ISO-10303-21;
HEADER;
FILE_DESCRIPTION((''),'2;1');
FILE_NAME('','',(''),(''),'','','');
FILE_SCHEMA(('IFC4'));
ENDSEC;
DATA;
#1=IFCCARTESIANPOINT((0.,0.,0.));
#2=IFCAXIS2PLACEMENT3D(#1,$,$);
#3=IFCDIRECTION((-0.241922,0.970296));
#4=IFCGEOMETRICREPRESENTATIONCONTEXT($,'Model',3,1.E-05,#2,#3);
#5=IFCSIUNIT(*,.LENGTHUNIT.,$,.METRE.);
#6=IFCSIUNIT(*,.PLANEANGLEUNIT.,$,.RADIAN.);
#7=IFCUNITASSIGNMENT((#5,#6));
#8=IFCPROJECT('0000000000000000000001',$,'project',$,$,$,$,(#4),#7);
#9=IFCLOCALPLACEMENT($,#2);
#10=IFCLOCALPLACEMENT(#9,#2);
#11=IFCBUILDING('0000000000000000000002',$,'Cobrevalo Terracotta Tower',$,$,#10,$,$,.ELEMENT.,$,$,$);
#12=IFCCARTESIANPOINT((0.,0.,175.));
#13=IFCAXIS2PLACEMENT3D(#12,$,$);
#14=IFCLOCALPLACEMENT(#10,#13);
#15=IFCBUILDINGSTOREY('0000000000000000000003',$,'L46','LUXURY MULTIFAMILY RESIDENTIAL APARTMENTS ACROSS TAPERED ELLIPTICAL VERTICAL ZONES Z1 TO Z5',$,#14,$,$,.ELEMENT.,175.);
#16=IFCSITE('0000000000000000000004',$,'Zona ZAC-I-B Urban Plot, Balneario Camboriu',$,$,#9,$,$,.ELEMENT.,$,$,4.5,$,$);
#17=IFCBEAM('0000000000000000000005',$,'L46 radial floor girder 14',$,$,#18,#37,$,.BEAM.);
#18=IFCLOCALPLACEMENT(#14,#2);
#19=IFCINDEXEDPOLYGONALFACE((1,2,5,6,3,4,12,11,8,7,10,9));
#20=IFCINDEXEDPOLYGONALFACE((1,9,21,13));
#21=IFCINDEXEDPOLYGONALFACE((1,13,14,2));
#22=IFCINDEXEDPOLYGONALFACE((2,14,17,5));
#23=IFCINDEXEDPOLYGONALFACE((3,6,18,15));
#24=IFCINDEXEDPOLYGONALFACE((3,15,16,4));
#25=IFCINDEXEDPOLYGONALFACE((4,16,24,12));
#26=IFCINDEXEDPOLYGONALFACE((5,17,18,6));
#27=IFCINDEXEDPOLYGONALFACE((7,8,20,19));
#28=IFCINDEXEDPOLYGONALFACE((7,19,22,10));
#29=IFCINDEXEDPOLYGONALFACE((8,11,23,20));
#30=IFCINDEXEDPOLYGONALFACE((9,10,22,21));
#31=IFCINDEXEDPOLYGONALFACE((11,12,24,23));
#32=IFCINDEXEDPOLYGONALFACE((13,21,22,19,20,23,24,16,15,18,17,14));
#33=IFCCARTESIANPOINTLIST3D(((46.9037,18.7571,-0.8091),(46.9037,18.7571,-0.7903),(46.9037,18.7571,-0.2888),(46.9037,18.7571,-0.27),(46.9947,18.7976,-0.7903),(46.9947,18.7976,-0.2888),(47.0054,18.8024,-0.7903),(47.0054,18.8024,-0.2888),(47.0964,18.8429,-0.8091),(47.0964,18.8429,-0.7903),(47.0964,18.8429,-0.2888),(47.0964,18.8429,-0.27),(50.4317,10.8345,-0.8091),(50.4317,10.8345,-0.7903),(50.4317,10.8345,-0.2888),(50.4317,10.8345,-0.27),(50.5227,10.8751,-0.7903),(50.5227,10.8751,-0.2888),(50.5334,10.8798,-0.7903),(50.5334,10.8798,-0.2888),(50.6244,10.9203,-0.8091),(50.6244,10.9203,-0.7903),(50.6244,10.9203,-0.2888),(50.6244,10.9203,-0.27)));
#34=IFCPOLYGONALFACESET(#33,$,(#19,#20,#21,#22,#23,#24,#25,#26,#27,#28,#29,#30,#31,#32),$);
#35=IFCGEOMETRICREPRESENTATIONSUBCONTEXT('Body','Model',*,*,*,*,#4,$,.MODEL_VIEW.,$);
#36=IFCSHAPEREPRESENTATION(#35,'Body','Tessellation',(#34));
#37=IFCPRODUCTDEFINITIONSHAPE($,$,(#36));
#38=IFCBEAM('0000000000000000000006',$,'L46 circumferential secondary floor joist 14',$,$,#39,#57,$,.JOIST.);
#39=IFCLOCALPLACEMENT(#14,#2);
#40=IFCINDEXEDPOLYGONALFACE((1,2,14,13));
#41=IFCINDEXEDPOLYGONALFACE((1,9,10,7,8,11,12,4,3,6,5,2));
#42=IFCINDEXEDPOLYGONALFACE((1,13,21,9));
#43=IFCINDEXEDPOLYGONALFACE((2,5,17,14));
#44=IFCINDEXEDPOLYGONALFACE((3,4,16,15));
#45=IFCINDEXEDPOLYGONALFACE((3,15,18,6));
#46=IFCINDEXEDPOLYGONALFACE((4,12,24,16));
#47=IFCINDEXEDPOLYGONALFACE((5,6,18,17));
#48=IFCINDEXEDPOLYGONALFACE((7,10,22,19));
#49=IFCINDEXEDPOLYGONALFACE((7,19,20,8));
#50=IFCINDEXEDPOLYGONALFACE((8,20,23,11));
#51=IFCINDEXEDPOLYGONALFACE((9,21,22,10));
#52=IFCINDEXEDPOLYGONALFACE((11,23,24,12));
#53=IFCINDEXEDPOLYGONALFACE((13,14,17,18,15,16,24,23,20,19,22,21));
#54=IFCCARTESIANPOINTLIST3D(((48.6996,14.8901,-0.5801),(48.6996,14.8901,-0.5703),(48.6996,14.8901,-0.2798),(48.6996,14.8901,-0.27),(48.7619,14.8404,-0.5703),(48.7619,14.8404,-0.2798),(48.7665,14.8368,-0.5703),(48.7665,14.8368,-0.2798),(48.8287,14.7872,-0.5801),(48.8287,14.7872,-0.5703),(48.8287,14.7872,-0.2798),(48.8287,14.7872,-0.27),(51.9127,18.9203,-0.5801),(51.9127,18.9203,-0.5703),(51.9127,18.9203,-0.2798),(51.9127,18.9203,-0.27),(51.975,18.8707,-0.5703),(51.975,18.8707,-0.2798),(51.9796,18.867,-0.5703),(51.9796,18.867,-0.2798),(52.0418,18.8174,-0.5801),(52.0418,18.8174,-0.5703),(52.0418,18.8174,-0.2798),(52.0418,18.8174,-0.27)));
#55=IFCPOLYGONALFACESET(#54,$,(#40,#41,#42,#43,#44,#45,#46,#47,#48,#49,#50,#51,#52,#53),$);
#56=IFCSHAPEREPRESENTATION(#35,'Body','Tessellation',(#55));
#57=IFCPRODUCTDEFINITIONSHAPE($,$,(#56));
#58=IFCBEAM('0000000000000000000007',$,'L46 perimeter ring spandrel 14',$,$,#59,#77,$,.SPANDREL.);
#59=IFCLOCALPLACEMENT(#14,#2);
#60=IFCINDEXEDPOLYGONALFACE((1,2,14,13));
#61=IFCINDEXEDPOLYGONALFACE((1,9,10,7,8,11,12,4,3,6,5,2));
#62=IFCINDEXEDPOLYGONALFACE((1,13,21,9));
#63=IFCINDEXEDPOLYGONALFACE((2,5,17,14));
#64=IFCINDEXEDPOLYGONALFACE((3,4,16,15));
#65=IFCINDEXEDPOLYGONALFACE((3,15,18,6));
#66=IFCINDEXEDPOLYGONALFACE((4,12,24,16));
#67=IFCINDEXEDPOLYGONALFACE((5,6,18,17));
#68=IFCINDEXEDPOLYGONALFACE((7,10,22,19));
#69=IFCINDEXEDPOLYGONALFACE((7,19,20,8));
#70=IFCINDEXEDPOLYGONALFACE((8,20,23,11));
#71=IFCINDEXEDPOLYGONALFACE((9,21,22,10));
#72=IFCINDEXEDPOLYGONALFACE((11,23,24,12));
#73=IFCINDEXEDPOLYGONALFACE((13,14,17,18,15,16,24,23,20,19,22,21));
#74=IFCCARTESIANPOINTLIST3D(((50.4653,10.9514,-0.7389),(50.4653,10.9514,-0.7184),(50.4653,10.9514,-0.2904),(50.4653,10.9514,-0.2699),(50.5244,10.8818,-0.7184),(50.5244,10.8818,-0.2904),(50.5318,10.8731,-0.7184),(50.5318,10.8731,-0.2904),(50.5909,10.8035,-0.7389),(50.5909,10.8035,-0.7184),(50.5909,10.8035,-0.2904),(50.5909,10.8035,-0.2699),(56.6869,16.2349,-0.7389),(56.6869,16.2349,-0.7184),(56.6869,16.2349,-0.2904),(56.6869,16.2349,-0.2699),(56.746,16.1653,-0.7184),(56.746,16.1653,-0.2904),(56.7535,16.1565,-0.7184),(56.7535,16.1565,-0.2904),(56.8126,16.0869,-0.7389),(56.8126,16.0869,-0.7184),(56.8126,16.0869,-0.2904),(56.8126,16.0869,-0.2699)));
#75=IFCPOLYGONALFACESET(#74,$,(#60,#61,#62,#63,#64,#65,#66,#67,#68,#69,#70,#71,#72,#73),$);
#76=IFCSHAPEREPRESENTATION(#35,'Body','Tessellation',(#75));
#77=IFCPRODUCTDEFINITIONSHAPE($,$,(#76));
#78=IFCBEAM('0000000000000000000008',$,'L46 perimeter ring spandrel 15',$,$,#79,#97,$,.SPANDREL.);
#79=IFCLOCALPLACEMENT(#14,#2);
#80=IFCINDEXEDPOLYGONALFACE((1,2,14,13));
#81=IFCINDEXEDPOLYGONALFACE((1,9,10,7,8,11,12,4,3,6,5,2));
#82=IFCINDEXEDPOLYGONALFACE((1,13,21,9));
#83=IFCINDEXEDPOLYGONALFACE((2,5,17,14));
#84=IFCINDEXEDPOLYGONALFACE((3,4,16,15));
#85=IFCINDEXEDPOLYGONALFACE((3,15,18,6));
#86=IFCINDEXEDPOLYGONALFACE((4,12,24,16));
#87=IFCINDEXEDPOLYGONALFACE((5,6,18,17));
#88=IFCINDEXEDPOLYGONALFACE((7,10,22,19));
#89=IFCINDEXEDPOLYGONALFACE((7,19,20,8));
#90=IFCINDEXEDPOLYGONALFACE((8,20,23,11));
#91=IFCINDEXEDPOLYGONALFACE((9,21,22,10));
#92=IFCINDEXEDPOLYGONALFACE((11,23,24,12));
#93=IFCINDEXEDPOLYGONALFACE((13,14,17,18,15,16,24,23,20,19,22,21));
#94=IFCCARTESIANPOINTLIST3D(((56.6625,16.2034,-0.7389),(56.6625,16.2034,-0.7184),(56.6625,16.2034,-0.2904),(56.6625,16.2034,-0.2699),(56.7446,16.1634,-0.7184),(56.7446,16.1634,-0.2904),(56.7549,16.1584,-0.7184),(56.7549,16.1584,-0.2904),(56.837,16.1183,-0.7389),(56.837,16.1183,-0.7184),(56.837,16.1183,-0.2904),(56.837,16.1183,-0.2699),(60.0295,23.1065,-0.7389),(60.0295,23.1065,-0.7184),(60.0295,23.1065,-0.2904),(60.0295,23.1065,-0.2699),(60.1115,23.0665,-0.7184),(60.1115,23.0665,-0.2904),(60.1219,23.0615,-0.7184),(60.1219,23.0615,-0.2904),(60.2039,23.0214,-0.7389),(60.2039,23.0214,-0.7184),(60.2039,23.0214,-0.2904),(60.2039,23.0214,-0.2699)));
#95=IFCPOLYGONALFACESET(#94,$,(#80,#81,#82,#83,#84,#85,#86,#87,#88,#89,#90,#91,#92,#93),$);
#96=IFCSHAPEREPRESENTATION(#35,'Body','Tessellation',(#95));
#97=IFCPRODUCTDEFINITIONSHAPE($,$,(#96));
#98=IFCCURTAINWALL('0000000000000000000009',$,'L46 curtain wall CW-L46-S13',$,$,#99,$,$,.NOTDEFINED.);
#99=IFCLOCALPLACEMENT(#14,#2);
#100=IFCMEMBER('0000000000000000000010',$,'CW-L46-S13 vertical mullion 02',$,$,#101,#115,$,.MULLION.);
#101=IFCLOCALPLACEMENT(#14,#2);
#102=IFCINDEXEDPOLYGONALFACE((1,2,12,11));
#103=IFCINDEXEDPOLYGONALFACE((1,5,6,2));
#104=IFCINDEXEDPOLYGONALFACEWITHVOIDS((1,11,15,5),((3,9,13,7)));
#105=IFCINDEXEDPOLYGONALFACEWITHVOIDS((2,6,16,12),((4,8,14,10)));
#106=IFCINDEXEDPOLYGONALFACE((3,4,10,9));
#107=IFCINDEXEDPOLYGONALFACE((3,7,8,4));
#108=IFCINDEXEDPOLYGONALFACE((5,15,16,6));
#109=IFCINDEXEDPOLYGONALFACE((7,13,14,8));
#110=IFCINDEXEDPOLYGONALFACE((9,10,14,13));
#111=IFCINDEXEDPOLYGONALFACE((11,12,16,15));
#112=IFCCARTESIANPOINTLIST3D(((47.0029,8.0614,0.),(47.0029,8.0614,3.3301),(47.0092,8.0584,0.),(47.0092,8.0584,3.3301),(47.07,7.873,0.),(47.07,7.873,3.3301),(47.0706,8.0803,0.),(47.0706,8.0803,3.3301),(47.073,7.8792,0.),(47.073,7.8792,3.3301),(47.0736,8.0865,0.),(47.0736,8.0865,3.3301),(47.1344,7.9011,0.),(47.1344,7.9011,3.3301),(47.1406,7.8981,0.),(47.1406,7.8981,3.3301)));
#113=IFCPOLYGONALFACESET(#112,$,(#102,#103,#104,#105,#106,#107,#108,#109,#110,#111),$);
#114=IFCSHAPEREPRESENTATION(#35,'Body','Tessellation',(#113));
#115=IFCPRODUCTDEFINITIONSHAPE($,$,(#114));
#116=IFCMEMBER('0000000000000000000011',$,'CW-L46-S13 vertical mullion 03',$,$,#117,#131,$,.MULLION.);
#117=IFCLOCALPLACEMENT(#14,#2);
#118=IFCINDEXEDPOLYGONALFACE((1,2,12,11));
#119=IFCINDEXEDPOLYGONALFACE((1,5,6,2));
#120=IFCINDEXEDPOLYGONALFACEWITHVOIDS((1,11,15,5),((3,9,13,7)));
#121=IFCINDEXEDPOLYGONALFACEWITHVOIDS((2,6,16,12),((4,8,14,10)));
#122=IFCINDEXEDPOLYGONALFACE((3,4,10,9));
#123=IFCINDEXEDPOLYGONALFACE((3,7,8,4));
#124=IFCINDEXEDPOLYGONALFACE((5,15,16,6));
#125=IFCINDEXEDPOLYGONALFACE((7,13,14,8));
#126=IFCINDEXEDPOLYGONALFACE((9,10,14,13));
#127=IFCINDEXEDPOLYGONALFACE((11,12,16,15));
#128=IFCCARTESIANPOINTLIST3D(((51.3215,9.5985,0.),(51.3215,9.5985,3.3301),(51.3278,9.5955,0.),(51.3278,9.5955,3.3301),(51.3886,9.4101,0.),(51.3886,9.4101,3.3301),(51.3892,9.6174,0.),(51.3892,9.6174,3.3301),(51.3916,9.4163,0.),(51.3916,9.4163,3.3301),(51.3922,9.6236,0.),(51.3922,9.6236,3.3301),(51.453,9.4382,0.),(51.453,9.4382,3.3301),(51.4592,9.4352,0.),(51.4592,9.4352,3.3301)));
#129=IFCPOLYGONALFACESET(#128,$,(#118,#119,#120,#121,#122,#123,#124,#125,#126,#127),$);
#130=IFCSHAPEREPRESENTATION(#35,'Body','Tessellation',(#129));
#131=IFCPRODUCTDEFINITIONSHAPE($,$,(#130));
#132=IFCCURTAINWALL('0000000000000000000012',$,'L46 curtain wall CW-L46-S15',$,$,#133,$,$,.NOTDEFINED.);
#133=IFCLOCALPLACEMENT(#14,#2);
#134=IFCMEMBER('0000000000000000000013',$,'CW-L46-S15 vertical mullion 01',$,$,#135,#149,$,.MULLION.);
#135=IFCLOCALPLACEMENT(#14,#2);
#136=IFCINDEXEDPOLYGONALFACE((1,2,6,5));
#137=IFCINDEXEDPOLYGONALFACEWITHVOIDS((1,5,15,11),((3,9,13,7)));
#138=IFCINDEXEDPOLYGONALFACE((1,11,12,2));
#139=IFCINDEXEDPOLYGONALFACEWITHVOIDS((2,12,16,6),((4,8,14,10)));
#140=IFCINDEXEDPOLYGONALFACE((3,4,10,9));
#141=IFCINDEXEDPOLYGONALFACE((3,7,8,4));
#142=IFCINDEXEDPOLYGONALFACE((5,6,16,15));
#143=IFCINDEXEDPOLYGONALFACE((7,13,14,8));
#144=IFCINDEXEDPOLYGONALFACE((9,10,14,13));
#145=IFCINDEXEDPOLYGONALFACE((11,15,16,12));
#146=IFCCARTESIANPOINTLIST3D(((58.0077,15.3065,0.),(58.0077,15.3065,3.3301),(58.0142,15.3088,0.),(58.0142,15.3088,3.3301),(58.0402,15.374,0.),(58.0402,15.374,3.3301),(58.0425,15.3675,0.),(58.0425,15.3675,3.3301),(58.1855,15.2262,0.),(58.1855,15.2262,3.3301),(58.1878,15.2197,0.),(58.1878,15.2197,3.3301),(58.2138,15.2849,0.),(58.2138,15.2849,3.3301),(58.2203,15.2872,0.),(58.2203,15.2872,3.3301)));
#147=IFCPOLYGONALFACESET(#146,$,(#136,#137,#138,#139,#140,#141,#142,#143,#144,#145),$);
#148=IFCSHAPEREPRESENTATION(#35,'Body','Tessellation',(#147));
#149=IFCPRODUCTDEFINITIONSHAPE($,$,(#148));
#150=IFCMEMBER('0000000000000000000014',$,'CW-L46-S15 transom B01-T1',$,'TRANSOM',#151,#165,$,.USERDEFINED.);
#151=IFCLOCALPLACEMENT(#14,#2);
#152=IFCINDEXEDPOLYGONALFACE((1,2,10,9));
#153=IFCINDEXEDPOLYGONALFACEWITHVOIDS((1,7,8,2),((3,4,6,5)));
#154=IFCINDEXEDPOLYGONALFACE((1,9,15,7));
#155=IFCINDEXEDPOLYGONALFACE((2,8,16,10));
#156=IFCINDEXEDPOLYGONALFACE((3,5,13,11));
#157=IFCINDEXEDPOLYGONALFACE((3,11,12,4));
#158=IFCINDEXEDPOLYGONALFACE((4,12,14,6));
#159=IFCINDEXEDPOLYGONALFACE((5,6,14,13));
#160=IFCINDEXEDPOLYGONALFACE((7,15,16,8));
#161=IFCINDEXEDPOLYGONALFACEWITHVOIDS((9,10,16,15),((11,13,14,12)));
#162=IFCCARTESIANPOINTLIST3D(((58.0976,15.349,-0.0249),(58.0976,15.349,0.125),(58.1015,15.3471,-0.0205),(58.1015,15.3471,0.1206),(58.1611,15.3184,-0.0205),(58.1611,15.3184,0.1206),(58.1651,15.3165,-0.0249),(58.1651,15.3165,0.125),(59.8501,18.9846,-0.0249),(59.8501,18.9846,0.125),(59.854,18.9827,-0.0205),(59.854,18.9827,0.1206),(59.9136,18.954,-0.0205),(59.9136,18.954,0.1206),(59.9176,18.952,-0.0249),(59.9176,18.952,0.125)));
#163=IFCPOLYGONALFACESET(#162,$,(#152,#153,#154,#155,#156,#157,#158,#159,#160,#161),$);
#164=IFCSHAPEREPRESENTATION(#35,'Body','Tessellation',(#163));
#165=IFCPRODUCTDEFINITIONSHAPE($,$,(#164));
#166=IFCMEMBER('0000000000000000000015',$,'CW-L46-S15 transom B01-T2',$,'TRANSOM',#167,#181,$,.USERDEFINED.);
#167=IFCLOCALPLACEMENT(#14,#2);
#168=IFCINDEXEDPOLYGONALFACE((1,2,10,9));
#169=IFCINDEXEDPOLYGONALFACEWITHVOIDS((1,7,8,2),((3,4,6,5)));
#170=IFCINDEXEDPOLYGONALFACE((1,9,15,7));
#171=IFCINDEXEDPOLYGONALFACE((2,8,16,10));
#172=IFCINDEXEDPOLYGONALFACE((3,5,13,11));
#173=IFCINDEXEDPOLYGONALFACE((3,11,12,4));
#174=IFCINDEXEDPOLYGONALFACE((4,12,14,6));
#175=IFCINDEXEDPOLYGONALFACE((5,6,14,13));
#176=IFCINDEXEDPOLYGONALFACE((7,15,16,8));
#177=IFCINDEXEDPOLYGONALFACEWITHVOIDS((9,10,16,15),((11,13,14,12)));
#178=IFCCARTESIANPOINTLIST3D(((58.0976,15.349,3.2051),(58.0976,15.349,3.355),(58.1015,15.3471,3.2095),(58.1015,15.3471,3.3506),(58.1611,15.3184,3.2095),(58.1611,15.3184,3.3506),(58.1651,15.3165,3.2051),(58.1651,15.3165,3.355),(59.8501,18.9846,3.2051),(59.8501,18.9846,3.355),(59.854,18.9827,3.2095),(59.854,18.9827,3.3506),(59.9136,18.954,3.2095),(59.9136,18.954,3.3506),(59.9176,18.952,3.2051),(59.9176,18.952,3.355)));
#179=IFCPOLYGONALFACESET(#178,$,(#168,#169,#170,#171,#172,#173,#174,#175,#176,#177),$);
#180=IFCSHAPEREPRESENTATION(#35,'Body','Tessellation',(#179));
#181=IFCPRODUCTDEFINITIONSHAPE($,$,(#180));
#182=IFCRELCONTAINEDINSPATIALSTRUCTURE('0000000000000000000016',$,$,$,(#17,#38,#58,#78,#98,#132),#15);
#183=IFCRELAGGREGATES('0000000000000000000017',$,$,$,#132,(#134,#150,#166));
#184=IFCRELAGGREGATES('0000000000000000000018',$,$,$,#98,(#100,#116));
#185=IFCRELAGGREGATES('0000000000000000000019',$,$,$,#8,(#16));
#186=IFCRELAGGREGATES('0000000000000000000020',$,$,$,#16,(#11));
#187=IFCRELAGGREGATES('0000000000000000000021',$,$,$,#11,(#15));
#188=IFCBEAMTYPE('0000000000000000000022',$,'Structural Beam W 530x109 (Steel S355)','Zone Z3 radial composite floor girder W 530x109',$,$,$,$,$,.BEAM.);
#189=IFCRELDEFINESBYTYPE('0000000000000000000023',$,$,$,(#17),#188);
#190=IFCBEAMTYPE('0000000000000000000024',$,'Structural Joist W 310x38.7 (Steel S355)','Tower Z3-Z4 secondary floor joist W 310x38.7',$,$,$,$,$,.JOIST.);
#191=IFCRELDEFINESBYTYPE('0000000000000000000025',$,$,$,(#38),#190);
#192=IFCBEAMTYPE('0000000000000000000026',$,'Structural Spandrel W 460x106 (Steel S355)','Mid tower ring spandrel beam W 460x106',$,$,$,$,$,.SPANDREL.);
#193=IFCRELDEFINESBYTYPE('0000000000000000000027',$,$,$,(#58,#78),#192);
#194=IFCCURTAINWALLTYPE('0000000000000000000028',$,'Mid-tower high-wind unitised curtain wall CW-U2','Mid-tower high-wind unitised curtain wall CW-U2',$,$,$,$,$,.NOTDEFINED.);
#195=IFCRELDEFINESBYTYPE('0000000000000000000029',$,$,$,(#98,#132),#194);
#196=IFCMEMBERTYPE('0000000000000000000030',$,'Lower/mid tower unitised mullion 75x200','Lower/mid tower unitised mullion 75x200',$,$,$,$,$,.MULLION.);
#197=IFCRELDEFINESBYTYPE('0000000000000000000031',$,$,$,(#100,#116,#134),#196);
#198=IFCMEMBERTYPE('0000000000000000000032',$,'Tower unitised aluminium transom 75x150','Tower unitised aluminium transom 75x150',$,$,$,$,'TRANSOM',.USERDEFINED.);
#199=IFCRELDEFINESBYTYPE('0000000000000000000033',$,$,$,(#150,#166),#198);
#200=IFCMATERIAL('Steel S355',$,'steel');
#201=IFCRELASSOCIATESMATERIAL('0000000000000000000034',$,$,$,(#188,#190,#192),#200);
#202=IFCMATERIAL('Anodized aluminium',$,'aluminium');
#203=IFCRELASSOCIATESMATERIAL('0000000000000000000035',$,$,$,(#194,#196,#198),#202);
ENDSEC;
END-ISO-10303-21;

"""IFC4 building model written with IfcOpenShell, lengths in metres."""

from ifc_helpers import new_model, si_unit, direction, frame, origin, origin_2d, place, context, subcontext, project, spatial, hollow_rectangle, i_section, extrude, source, transform, mapped, material, material_profile, profile_set, type_object, element, aggregate, save


model = new_model("IFC4")

# Units and contexts
model_context = context("Model", 3, precision=1e-05, world=origin(), true_north=direction((-0.241922, 0.970296)))
body_context = subcontext(model_context, "Body", "Model", "MODEL_VIEW")
ifc_project = project(units=[si_unit("LENGTHUNIT", "METRE"), si_unit("PLANEANGLEUNIT", "RADIAN")], contexts=[model_context])

# Site, building, storey
site_placement = place(None, origin())
site = spatial("IfcSite", under=ifc_project, at=site_placement, Name="Zona ZAC-I-B Urban Plot, Balneario Camboriu", CompositionType="ELEMENT", RefElevation=4.5)
building_placement = place(site_placement, origin())
building = spatial("IfcBuilding", under=site, at=building_placement, Name="Cobrevalo Terracotta Tower", CompositionType="ELEMENT")
storey_placement = place(building_placement, frame((0.0, 0.0, 175.0)))
storey = spatial("IfcBuildingStorey", under=building, at=storey_placement, Name="L46", Description="LUXURY MULTIFAMILY RESIDENTIAL APARTMENTS ACROSS TAPERED ELLIPTICAL VERTICAL ZONES Z1 TO Z5", CompositionType="ELEMENT", Elevation=175.0)

# Shared definitions
ifc_material_1 = material(Name="Steel S355", Category="steel")

# Beams
ifc_material_profile_1 = material_profile(ifc_material_1, i_section(OverallWidth=0.2109, OverallDepth=0.5391, WebThickness=0.0117, FlangeThickness=0.0188, at=origin_2d()), Name="W 530x109")
ifc_profile_set_1 = profile_set([ifc_material_profile_1], Name="Steel S355")
beam_type_1 = type_object("IfcBeamType", Name="Structural Beam W 530x109 (Steel S355)", Description="Zone Z3 radial composite floor girder W 530x109", PredefinedType="BEAM", material=ifc_profile_set_1)
beam_1_placement = place(storey_placement, frame((50.5281, 10.8774, -0.5396), z_axis=(-0.406804, 0.913515, 0.0), x_axis=(-0.913515, -0.406804, 0.0)))
element("IfcBeam", 1, at=beam_1_placement, inside=storey, type_object=beam_type_1, Name="L46 radial floor girder 14", PredefinedType="BEAM", context=body_context, shape_type="SweptSolid", body=[
    extrude(i_section(OverallWidth=0.2109, OverallDepth=0.5391, WebThickness=0.0117, FlangeThickness=0.0188, at=origin_2d()), origin(), (0.0, 0.0, 1.0), 8.6726),
])
ifc_material_profile_2 = material_profile(ifc_material_1, i_section(OverallWidth=0.165, OverallDepth=0.3101, WebThickness=0.0059, FlangeThickness=0.0098, at=origin_2d()), Name="W 310x38.7")
ifc_profile_set_2 = profile_set([ifc_material_profile_2], Name="Steel S355")
beam_type_2 = type_object("IfcBeamType", Name="Structural Joist W 310x38.7 (Steel S355)", Description="Tower Z3-Z4 secondary floor joist W 310x38.7", PredefinedType="JOIST", material=ifc_profile_set_2)
beam_2_placement = place(storey_placement, frame((48.7642, 14.8386, -0.425), z_axis=(0.623383, 0.781917, 0.0), x_axis=(-0.781917, 0.623383, 0.0)))
element("IfcBeam", 2, at=beam_2_placement, inside=storey, type_object=beam_type_2, Name="L46 circumferential secondary floor joist 14", PredefinedType="JOIST", context=body_context, shape_type="SweptSolid", body=[
    extrude(i_section(OverallWidth=0.165, OverallDepth=0.3101, WebThickness=0.0059, FlangeThickness=0.0098, at=origin_2d()), origin(), (0.0, 0.0, 1.0), 5.1543),
])
ifc_material_profile_3 = material_profile(ifc_material_1, i_section(OverallWidth=0.1941, OverallDepth=0.469, WebThickness=0.0115, FlangeThickness=0.0205, at=origin_2d()), Name="W 460x106")
ifc_profile_set_3 = profile_set([ifc_material_profile_3], Name="Steel S355")
beam_type_3 = type_object("IfcBeamType", Name="Structural Spandrel W 460x106 (Steel S355)", Description="Mid tower ring spandrel beam W 460x106", PredefinedType="SPANDREL", material=ifc_profile_set_3)
beam_3_placement = place(storey_placement, frame((50.5281, 10.8774, -0.5044), z_axis=(0.76224, 0.647294, 0.0), x_axis=(-0.647294, 0.76224, 0.0)))
element("IfcBeam", 3, at=beam_3_placement, inside=storey, type_object=beam_type_3, Name="L46 perimeter ring spandrel 14", PredefinedType="SPANDREL", context=body_context, shape_type="SweptSolid", body=[
    extrude(i_section(OverallWidth=0.1941, OverallDepth=0.469, WebThickness=0.0115, FlangeThickness=0.0205, at=origin_2d()), origin(), (0.0, 0.0, 1.0), 8.1624),
])
beam_4_placement = place(storey_placement, frame((56.7498, 16.1609, -0.5044), z_axis=(0.43838, 0.89879, 0.0), x_axis=(-0.89879, 0.43838, 0.0)))
element("IfcBeam", 4, at=beam_4_placement, inside=storey, type_object=beam_type_3, Name="L46 perimeter ring spandrel 15", PredefinedType="SPANDREL", context=body_context, shape_type="SweptSolid", body=[
    extrude(i_section(OverallWidth=0.1941, OverallDepth=0.469, WebThickness=0.0115, FlangeThickness=0.0205, at=origin_2d()), origin(), (0.0, 0.0, 1.0), 7.6804),
])

# Curtain walls, members
ifc_material_2 = material(Name="Anodized aluminium", Category="aluminium")
curtain_wall_type = type_object("IfcCurtainWallType", Name="Mid-tower high-wind unitised curtain wall CW-U2", Description="Mid-tower high-wind unitised curtain wall CW-U2", PredefinedType="NOTDEFINED", material=ifc_material_2)
curtain_wall_1_placement = place(storey_placement, origin())
curtain_wall_1 = element("IfcCurtainWall", 5, at=curtain_wall_1_placement, inside=storey, type_object=curtain_wall_type, Name="L46 curtain wall CW-L46-S13", PredefinedType="NOTDEFINED")
ifc_material_profile_4 = material_profile(ifc_material_2, hollow_rectangle(XDim=0.075, YDim=0.2, WallThickness=0.0049, at=origin_2d()), Name="CWM 75x200")
ifc_profile_set_4 = profile_set([ifc_material_profile_4], Name="Anodized aluminium")
member_type_1 = type_object("IfcMemberType", Name="Lower/mid tower unitised mullion 75x200", Description="Lower/mid tower unitised mullion 75x200", PredefinedType="MULLION", material=ifc_profile_set_4)
shared_shape_1 = source(origin(), body_context, "Body", "SweptSolid", [
    extrude(hollow_rectangle(XDim=0.075, YDim=0.2, WallThickness=0.0049, at=origin_2d()), origin(), (0.0, 0.0, 1.0), 3.3301),
])
member_1_placement = place(storey_placement, frame((47.0718, 7.9797, 0.0), z_axis=(0.0, 0.0, 1.0), x_axis=(0.942098, 0.335336, 0.0)))
member_1 = element("IfcMember", 6, at=member_1_placement, type_object=member_type_1, Name="CW-L46-S13 vertical mullion 02", PredefinedType="MULLION", context=body_context, shape_type="MappedRepresentation", body=[
    mapped(shared_shape_1, transform((0.0, 0.0, 0.0), scale=1.0)),
])
member_2_placement = place(storey_placement, frame((51.3904, 9.5168, 0.0), z_axis=(0.0, 0.0, 1.0), x_axis=(0.942098, 0.335336, 0.0)))
member_2 = element("IfcMember", 7, at=member_2_placement, type_object=member_type_1, Name="CW-L46-S13 vertical mullion 03", PredefinedType="MULLION", context=body_context, shape_type="MappedRepresentation", body=[
    mapped(shared_shape_1, transform((0.0, 0.0, 0.0), scale=1.0)),
])
curtain_wall_2_placement = place(storey_placement, origin())
curtain_wall_2 = element("IfcCurtainWall", 8, at=curtain_wall_2_placement, inside=storey, type_object=curtain_wall_type, Name="L46 curtain wall CW-L46-S15", PredefinedType="NOTDEFINED")
member_3_placement = place(storey_placement, frame((58.114, 15.2969, 0.0), z_axis=(0.0, 0.0, 1.0), x_axis=(0.434209, 0.900812, 0.0)))
member_3 = element("IfcMember", 9, at=member_3_placement, type_object=member_type_1, Name="CW-L46-S15 vertical mullion 01", PredefinedType="MULLION", context=body_context, shape_type="MappedRepresentation", body=[
    mapped(shared_shape_1, transform((0.0, 0.0, 0.0), scale=1.0)),
])
ifc_material_profile_5 = material_profile(ifc_material_2, hollow_rectangle(XDim=0.075, YDim=0.1499, WallThickness=0.0044, at=origin_2d()), Name="CWT 75x150")
ifc_profile_set_5 = profile_set([ifc_material_profile_5], Name="Anodized aluminium")
member_type_2 = type_object("IfcMemberType", Name="Tower unitised aluminium transom 75x150", Description="Tower unitised aluminium transom 75x150", ElementType="TRANSOM", PredefinedType="USERDEFINED", material=ifc_profile_set_5)
shared_shape_2 = source(origin(), body_context, "Body", "SweptSolid", [
    extrude(hollow_rectangle(XDim=0.075, YDim=0.1499, WallThickness=0.0044, at=origin_2d()), origin(), (0.0, 0.0, 1.0), 4.0359),
])
member_4_placement = place(storey_placement, frame((58.1313, 15.3328, 0.05), z_axis=(0.434221, 0.900806, 0.0), x_axis=(-0.900806, 0.434221, 0.0)))
member_4 = element("IfcMember", 10, at=member_4_placement, type_object=member_type_2, Name="CW-L46-S15 transom B01-T1", ObjectType="TRANSOM", PredefinedType="USERDEFINED", context=body_context, shape_type="MappedRepresentation", body=[
    mapped(shared_shape_2, transform((0.0, 0.0, 0.0), scale=1.0)),
])
member_5_placement = place(storey_placement, frame((58.1313, 15.3328, 3.28), z_axis=(0.434221, 0.900806, 0.0), x_axis=(-0.900806, 0.434221, 0.0)))
member_5 = element("IfcMember", 11, at=member_5_placement, type_object=member_type_2, Name="CW-L46-S15 transom B01-T2", ObjectType="TRANSOM", PredefinedType="USERDEFINED", context=body_context, shape_type="MappedRepresentation", body=[
    mapped(shared_shape_2, transform((0.0, 0.0, 0.0), scale=1.0)),
])
aggregate(curtain_wall_2, [member_3, member_4, member_5])

aggregate(curtain_wall_1, [member_1, member_2])

save(model, "model.ifc")
